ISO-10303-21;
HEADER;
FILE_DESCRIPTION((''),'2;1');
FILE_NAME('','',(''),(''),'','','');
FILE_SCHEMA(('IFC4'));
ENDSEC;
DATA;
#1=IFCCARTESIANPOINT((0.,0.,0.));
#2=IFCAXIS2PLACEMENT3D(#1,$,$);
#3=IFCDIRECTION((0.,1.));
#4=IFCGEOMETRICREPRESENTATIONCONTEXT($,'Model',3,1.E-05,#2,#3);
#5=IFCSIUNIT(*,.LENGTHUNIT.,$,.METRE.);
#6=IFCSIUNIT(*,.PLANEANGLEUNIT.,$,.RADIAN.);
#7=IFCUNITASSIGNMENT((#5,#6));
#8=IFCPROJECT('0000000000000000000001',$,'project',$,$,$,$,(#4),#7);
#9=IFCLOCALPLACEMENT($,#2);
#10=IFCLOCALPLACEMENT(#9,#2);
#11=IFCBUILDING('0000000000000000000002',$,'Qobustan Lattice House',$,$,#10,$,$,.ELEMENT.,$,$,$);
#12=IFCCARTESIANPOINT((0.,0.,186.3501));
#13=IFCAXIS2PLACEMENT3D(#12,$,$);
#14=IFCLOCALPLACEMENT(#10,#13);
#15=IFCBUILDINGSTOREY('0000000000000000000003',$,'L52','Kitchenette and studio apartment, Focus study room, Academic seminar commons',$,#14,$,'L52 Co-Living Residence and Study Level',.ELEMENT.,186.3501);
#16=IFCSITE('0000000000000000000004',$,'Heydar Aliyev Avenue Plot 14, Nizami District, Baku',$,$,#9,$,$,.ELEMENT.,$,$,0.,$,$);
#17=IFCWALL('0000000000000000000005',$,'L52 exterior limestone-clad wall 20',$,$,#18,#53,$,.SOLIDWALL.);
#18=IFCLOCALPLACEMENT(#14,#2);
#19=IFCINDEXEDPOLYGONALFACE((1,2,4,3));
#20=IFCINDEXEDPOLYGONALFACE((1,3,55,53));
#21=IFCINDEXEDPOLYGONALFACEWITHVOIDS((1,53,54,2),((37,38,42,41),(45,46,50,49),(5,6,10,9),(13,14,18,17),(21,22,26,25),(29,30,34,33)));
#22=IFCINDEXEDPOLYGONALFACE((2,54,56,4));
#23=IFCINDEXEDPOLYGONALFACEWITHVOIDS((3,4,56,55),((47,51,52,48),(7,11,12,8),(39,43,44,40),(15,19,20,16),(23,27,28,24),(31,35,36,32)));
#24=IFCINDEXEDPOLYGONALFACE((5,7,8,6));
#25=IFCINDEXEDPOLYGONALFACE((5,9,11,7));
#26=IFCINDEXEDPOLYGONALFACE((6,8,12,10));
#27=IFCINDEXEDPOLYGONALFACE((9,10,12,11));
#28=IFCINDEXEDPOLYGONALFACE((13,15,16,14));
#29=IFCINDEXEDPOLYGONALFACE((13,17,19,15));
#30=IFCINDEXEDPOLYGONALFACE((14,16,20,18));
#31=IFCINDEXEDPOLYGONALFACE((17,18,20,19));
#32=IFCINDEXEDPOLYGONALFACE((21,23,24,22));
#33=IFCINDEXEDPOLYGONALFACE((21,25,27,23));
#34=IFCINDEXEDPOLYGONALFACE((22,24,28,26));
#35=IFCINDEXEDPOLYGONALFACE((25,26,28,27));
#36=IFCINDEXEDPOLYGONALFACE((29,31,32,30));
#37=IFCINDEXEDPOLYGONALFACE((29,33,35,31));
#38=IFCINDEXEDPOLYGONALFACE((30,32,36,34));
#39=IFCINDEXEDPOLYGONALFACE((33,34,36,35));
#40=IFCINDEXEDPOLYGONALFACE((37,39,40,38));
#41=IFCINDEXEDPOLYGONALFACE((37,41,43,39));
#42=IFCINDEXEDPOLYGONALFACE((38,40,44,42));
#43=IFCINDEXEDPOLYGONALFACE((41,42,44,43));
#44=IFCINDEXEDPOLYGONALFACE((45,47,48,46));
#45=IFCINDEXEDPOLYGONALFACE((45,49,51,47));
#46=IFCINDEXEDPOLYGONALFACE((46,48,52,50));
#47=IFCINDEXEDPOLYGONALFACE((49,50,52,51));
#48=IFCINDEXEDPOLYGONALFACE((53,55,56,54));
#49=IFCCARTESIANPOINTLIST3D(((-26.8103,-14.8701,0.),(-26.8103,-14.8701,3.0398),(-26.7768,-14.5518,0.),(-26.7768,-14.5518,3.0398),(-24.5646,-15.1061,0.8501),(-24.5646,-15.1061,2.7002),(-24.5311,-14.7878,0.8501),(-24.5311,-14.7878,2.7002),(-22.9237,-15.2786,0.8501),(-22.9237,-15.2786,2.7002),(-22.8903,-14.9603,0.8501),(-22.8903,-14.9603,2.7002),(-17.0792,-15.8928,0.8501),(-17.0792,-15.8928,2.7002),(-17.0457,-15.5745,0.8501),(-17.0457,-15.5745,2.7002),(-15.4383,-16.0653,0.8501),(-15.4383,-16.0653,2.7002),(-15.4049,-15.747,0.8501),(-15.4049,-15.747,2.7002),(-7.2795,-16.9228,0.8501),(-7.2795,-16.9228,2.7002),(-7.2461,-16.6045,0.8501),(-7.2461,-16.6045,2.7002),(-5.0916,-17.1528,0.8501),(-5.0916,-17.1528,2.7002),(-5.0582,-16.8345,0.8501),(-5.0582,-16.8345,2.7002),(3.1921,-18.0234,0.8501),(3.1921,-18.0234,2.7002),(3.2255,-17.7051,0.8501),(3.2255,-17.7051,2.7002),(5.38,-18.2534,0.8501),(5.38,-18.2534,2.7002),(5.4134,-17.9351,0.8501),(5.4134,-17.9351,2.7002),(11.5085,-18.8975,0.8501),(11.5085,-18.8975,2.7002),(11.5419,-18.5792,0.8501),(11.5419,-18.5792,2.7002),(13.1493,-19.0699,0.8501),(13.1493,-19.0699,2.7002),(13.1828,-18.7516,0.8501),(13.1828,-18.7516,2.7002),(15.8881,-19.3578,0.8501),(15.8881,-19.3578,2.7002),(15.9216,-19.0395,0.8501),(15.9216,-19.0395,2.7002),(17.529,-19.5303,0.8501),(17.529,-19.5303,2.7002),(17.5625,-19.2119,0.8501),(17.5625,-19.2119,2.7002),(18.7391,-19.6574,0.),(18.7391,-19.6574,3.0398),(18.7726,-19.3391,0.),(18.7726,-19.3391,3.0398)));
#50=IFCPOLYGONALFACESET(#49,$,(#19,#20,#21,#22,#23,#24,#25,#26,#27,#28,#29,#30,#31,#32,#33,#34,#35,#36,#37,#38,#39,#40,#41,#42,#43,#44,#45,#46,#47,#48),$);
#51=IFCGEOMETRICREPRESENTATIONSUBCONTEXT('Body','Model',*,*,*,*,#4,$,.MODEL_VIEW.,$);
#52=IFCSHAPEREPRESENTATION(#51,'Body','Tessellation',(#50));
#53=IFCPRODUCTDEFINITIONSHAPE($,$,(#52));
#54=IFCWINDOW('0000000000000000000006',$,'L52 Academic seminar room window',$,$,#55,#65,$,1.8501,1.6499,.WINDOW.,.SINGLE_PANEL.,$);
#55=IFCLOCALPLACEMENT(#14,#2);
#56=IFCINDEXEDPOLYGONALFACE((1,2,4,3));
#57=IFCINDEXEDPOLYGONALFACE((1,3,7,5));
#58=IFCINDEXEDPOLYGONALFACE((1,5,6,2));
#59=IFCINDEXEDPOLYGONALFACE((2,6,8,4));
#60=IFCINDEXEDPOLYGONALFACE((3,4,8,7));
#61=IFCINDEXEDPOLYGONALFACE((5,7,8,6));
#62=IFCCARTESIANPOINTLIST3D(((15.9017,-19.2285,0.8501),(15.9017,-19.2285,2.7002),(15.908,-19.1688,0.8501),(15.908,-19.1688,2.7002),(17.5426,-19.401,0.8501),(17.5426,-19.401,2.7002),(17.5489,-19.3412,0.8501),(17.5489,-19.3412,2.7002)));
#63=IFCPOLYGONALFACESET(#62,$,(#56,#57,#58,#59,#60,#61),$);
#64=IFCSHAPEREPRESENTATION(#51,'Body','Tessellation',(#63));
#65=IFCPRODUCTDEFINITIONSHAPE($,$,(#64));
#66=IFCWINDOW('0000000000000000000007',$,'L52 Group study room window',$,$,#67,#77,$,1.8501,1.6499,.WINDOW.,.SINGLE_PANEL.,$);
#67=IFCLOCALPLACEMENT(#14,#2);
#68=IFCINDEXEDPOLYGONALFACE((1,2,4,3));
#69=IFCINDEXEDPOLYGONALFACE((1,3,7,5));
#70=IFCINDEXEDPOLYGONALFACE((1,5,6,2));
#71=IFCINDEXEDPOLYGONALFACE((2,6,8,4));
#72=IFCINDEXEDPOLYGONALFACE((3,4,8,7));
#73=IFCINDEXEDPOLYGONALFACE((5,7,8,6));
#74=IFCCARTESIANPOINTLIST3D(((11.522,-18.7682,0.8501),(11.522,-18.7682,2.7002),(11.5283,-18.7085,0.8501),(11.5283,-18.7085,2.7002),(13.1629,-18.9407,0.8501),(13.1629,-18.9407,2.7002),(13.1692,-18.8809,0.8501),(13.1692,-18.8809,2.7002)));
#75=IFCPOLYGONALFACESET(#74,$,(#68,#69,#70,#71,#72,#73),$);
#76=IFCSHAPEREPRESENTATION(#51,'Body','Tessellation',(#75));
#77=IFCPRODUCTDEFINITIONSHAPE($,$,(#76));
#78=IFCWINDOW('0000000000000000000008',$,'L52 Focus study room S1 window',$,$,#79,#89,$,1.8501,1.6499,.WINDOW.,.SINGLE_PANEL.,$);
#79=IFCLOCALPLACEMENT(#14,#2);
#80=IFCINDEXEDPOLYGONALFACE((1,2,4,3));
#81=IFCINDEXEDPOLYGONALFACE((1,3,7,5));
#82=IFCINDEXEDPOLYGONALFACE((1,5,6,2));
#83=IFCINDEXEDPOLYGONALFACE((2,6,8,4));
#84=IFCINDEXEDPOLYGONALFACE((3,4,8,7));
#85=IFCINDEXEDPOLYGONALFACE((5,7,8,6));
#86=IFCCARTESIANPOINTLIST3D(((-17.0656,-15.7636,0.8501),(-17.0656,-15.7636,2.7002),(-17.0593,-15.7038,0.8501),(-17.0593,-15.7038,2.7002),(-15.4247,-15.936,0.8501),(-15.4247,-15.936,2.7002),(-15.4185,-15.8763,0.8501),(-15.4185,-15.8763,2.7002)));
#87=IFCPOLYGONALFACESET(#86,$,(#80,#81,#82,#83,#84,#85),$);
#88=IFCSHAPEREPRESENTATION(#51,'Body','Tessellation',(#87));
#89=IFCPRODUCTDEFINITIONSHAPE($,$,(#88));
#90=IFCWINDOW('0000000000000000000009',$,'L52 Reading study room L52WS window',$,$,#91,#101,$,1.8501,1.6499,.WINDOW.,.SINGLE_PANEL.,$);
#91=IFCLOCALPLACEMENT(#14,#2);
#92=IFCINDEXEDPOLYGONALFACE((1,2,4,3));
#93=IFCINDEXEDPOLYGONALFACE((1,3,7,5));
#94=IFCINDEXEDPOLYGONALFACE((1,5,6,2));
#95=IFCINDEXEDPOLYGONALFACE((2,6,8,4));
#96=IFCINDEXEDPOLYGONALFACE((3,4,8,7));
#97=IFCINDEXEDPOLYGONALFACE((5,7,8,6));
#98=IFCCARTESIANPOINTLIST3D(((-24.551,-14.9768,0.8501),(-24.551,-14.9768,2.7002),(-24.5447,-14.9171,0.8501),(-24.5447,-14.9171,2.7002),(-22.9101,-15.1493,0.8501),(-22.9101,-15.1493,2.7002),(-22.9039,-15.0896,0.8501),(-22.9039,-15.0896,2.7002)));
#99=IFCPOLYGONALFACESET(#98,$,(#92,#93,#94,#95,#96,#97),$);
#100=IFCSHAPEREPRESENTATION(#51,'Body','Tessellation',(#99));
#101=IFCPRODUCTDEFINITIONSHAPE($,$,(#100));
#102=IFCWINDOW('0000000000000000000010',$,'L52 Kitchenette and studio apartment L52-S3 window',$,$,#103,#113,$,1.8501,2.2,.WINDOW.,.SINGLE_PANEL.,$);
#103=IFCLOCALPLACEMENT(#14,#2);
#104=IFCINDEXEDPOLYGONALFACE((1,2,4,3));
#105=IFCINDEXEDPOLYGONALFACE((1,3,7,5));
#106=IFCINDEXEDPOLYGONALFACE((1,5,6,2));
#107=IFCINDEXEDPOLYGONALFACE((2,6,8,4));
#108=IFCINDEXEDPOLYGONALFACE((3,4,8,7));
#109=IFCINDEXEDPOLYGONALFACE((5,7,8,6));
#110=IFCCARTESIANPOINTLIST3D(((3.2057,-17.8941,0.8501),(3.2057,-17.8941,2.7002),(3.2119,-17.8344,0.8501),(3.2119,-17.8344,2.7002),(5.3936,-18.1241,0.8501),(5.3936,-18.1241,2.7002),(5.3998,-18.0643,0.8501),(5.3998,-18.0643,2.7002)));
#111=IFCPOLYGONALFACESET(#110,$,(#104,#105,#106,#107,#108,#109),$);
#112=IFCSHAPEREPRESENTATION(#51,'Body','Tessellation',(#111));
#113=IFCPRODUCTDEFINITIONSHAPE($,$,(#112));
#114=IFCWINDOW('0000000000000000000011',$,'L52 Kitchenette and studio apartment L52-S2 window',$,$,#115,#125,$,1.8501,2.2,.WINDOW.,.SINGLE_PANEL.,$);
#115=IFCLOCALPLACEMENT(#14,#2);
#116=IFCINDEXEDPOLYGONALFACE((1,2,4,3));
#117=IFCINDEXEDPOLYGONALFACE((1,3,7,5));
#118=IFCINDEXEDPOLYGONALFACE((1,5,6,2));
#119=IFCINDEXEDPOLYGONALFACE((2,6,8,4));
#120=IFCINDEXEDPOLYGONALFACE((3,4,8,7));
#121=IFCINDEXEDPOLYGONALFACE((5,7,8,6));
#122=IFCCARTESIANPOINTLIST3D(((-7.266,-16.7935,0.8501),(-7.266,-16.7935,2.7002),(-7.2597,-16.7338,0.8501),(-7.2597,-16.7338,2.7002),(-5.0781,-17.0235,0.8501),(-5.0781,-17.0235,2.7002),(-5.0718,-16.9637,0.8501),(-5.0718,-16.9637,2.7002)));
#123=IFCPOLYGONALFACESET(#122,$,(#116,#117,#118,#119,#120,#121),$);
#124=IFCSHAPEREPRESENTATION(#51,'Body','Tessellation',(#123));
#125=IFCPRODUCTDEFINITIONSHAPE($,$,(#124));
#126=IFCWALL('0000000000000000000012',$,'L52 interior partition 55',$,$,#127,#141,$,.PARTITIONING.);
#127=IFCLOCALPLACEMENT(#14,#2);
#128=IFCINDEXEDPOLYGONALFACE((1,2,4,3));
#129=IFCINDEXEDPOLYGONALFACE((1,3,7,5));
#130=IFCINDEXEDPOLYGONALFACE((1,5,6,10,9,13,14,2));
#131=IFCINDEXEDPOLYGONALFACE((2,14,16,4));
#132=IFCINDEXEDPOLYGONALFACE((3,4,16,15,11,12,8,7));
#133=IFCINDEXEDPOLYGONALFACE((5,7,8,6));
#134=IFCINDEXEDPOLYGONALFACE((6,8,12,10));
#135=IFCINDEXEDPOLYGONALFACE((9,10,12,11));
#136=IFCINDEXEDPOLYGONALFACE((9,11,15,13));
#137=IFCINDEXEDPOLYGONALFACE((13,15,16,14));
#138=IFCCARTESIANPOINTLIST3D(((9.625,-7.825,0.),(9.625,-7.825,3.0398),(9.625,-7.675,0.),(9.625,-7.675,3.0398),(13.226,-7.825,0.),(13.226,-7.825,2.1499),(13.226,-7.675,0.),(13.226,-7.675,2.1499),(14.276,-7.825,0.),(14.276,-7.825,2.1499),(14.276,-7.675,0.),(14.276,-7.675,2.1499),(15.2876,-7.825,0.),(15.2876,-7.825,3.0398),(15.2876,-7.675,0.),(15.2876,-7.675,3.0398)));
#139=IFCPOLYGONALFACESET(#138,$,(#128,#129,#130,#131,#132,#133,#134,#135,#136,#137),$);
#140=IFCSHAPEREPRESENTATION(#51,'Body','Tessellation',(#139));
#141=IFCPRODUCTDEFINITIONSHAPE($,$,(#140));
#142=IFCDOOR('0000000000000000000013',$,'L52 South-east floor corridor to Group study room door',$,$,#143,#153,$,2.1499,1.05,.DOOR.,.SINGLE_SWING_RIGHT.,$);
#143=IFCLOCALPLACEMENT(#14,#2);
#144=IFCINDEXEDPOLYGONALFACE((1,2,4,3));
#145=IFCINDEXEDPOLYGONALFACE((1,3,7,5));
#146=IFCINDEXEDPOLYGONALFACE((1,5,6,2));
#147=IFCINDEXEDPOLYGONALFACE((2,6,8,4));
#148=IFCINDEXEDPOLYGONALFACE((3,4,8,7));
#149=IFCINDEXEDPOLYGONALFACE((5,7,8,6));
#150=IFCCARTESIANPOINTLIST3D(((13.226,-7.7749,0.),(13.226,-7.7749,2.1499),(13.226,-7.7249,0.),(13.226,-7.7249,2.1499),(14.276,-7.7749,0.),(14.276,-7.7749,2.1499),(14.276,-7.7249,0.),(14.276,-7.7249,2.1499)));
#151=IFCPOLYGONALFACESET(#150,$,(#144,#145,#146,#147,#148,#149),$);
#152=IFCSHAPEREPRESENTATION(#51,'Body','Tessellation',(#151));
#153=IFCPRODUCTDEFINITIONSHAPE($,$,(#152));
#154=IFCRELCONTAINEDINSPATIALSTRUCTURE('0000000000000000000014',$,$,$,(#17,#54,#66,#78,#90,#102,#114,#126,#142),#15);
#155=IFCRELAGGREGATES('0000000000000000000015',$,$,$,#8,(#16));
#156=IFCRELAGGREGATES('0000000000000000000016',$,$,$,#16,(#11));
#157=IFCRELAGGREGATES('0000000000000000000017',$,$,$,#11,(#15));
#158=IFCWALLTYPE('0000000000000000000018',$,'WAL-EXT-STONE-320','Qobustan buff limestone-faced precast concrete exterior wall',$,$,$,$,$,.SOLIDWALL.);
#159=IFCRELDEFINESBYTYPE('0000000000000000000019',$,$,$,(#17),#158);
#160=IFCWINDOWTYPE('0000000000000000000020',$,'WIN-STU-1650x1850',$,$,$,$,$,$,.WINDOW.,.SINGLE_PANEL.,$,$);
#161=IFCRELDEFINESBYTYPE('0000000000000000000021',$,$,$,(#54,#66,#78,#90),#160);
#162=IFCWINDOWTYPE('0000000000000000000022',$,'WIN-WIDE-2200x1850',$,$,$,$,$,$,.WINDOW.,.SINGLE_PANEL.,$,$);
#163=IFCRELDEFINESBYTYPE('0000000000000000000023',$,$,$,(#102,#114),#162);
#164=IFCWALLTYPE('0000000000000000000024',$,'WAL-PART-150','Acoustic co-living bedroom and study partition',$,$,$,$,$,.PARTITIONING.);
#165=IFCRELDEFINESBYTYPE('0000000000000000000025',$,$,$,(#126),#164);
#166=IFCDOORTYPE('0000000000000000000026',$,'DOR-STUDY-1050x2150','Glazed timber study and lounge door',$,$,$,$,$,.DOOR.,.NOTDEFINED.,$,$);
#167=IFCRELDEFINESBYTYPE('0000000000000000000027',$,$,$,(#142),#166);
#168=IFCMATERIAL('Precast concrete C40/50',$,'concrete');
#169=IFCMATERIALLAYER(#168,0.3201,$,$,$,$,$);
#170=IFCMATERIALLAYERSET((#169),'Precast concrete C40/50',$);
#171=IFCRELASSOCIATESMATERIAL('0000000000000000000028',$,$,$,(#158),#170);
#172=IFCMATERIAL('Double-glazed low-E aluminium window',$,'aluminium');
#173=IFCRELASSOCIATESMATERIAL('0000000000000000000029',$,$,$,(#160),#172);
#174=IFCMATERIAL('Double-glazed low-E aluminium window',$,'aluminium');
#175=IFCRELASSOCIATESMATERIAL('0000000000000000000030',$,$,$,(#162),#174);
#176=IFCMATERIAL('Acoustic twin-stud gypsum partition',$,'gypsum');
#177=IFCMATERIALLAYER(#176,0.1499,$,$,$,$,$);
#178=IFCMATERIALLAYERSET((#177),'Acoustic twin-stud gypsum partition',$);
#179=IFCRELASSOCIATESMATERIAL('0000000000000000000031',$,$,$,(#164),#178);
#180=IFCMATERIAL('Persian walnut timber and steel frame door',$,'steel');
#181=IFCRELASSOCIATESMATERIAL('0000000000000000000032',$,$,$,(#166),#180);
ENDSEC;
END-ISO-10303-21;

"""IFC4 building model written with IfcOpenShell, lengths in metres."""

from ifc_helpers import new_model, si_unit, direction, frame, frame_2d, origin, place, context, subcontext, project, spatial, rectangle, extrude, material, layer, layer_set, type_object, element, fill, save


model = new_model("IFC4")

# Units and contexts
model_context = context("Model", 3, precision=1e-05, world=origin(), true_north=direction((0.0, 1.0)))
body_context = subcontext(model_context, "Body", "Model", "MODEL_VIEW")
ifc_project = project(units=[si_unit("LENGTHUNIT", "METRE"), si_unit("PLANEANGLEUNIT", "RADIAN")], contexts=[model_context])

# Site, building, storey
site_placement = place(None, origin())
site = spatial("IfcSite", under=ifc_project, at=site_placement, Name="Heydar Aliyev Avenue Plot 14, Nizami District, Baku", CompositionType="ELEMENT", RefElevation=0.0)
building_placement = place(site_placement, origin())
building = spatial("IfcBuilding", under=site, at=building_placement, Name="Qobustan Lattice House", CompositionType="ELEMENT")
storey_placement = place(building_placement, frame((0.0, 0.0, 186.3501)))
storey = spatial("IfcBuildingStorey", under=building, at=storey_placement, Name="L52", Description="Kitchenette and studio apartment, Focus study room, Academic seminar commons", LongName="L52 Co-Living Residence and Study Level", CompositionType="ELEMENT", Elevation=186.3501)

# Shared definitions
ifc_material_1 = material(Name="Precast concrete C40/50", Category="concrete")
ifc_layer_1 = layer(ifc_material_1, 0.3201)
ifc_layer_set_1 = layer_set([ifc_layer_1], Name="Precast concrete C40/50")
wall_type_1 = type_object("IfcWallType", Name="WAL-EXT-STONE-320", Description="Qobustan buff limestone-faced precast concrete exterior wall", PredefinedType="SOLIDWALL", material=ifc_layer_set_1)

# Wall, openings, windows
wall_1_placement = place(storey_placement, frame((18.7559, -19.4983, 0.0), z_axis=(0.0, 0.0, 1.0), x_axis=(-0.994522, 0.104527, 0.0)))
wall_1 = element("IfcWall", 1, at=wall_1_placement, inside=storey, type_object=wall_type_1, Name="L52 exterior limestone-clad wall 20", PredefinedType="SOLIDWALL", context=body_context, shape_type="SweptSolid", body=[
    extrude(rectangle(XDim=45.8003, YDim=0.3201, at=frame_2d((22.9001, 0.0))), origin(), (0.0, 0.0, 1.0), 3.0398),
])
opening_1_placement = place(wall_1_placement, frame((1.2168, 0.0, 0.8501)))
opening_1 = element("IfcOpeningElement", 2, at=opening_1_placement, cuts=wall_1, PredefinedType="OPENING", context=body_context, shape_type="SweptSolid", body=[
    extrude(rectangle(XDim=1.6499, YDim=1.8501, at=frame_2d((0.825, 0.925))), frame((0.0, 0.1699, 0.0), z_axis=(0.0, -1.0, 0.0), x_axis=(1.0, 0.0, 0.0)), (0.0, 0.0, 1.0), 0.3401),
])
opening_2_placement = place(wall_1_placement, frame((5.6206, 0.0, 0.8501)))
opening_2 = element("IfcOpeningElement", 3, at=opening_2_placement, cuts=wall_1, PredefinedType="OPENING", context=body_context, shape_type="SweptSolid", body=[
    extrude(rectangle(XDim=1.6499, YDim=1.8501, at=frame_2d((0.825, 0.925))), frame((0.0, 0.1699, 0.0), z_axis=(0.0, -1.0, 0.0), x_axis=(1.0, 0.0, 0.0)), (0.0, 0.0, 1.0), 0.3401),
])
opening_3_placement = place(wall_1_placement, frame((13.4326, 0.0, 0.8501)))
opening_3 = element("IfcOpeningElement", 4, at=opening_3_placement, cuts=wall_1, PredefinedType="OPENING", context=body_context, shape_type="SweptSolid", body=[
    extrude(rectangle(XDim=2.2, YDim=1.8501, at=frame_2d((1.1001, 0.925))), frame((0.0, 0.1699, 0.0), z_axis=(0.0, -1.0, 0.0), x_axis=(1.0, 0.0, 0.0)), (0.0, 0.0, 1.0), 0.3401),
])
opening_4_placement = place(wall_1_placement, frame((23.9619, 0.0, 0.8501)))
opening_4 = element("IfcOpeningElement", 5, at=opening_4_placement, cuts=wall_1, PredefinedType="OPENING", context=body_context, shape_type="SweptSolid", body=[
    extrude(rectangle(XDim=2.2, YDim=1.8501, at=frame_2d((1.1001, 0.925))), frame((0.0, 0.1699, 0.0), z_axis=(0.0, -1.0, 0.0), x_axis=(1.0, 0.0, 0.0)), (0.0, 0.0, 1.0), 0.3401),
])
opening_5_placement = place(wall_1_placement, frame((34.3657, 0.0, 0.8501)))
opening_5 = element("IfcOpeningElement", 6, at=opening_5_placement, cuts=wall_1, PredefinedType="OPENING", context=body_context, shape_type="SweptSolid", body=[
    extrude(rectangle(XDim=1.6499, YDim=1.8501, at=frame_2d((0.825, 0.925))), frame((0.0, 0.1699, 0.0), z_axis=(0.0, -1.0, 0.0), x_axis=(1.0, 0.0, 0.0)), (0.0, 0.0, 1.0), 0.3401),
])
opening_6_placement = place(wall_1_placement, frame((41.8923, 0.0, 0.8501)))
opening_6 = element("IfcOpeningElement", 7, at=opening_6_placement, cuts=wall_1, PredefinedType="OPENING", context=body_context, shape_type="SweptSolid", body=[
    extrude(rectangle(XDim=1.6499, YDim=1.8501, at=frame_2d((0.825, 0.925))), frame((0.0, 0.1699, 0.0), z_axis=(0.0, -1.0, 0.0), x_axis=(1.0, 0.0, 0.0)), (0.0, 0.0, 1.0), 0.3401),
])
ifc_material_2 = material(Name="Double-glazed low-E aluminium window", Category="aluminium")
window_type_1 = type_object("IfcWindowType", Name="WIN-STU-1650x1850", PartitioningType="SINGLE_PANEL", PredefinedType="WINDOW", material=ifc_material_2)
window_1_placement = place(opening_1_placement, origin())
window_1 = element("IfcWindow", 8, at=window_1_placement, inside=storey, type_object=window_type_1, Name="L52 Academic seminar room window", OverallHeight=1.8501, OverallWidth=1.6499, PartitioningType="SINGLE_PANEL", PredefinedType="WINDOW", context=body_context, shape_type="SweptSolid", body=[
    extrude(rectangle(XDim=1.6499, YDim=1.8501, at=frame_2d((0.825, 0.925))), frame((0.0, 0.03, 0.0), z_axis=(0.0, -1.0, 0.0), x_axis=(1.0, 0.0, 0.0)), (0.0, 0.0, 1.0), 0.0601),
])
fill(opening_1, window_1)
window_2_placement = place(opening_2_placement, origin())
window_2 = element("IfcWindow", 9, at=window_2_placement, inside=storey, type_object=window_type_1, Name="L52 Group study room window", OverallHeight=1.8501, OverallWidth=1.6499, PartitioningType="SINGLE_PANEL", PredefinedType="WINDOW", context=body_context, shape_type="SweptSolid", body=[
    extrude(rectangle(XDim=1.6499, YDim=1.8501, at=frame_2d((0.825, 0.925))), frame((0.0, 0.03, 0.0), z_axis=(0.0, -1.0, 0.0), x_axis=(1.0, 0.0, 0.0)), (0.0, 0.0, 1.0), 0.0601),
])
fill(opening_2, window_2)
window_3_placement = place(opening_5_placement, origin())
window_3 = element("IfcWindow", 10, at=window_3_placement, inside=storey, type_object=window_type_1, Name="L52 Focus study room S1 window", OverallHeight=1.8501, OverallWidth=1.6499, PartitioningType="SINGLE_PANEL", PredefinedType="WINDOW", context=body_context, shape_type="SweptSolid", body=[
    extrude(rectangle(XDim=1.6499, YDim=1.8501, at=frame_2d((0.825, 0.925))), frame((0.0, 0.03, 0.0), z_axis=(0.0, -1.0, 0.0), x_axis=(1.0, 0.0, 0.0)), (0.0, 0.0, 1.0), 0.0601),
])
fill(opening_5, window_3)
window_4_placement = place(opening_6_placement, origin())
window_4 = element("IfcWindow", 11, at=window_4_placement, inside=storey, type_object=window_type_1, Name="L52 Reading study room L52WS window", OverallHeight=1.8501, OverallWidth=1.6499, PartitioningType="SINGLE_PANEL", PredefinedType="WINDOW", context=body_context, shape_type="SweptSolid", body=[
    extrude(rectangle(XDim=1.6499, YDim=1.8501, at=frame_2d((0.825, 0.925))), frame((0.0, 0.03, 0.0), z_axis=(0.0, -1.0, 0.0), x_axis=(1.0, 0.0, 0.0)), (0.0, 0.0, 1.0), 0.0601),
])
fill(opening_6, window_4)
ifc_material_3 = material(Name="Double-glazed low-E aluminium window", Category="aluminium")
window_type_2 = type_object("IfcWindowType", Name="WIN-WIDE-2200x1850", PartitioningType="SINGLE_PANEL", PredefinedType="WINDOW", material=ifc_material_3)
window_5_placement = place(opening_3_placement, origin())
window_5 = element("IfcWindow", 12, at=window_5_placement, inside=storey, type_object=window_type_2, Name="L52 Kitchenette and studio apartment L52-S3 window", OverallHeight=1.8501, OverallWidth=2.2, PartitioningType="SINGLE_PANEL", PredefinedType="WINDOW", context=body_context, shape_type="SweptSolid", body=[
    extrude(rectangle(XDim=2.2, YDim=1.8501, at=frame_2d((1.1001, 0.925))), frame((0.0, 0.03, 0.0), z_axis=(0.0, -1.0, 0.0), x_axis=(1.0, 0.0, 0.0)), (0.0, 0.0, 1.0), 0.0601),
])
fill(opening_3, window_5)
window_6_placement = place(opening_4_placement, origin())
window_6 = element("IfcWindow", 13, at=window_6_placement, inside=storey, type_object=window_type_2, Name="L52 Kitchenette and studio apartment L52-S2 window", OverallHeight=1.8501, OverallWidth=2.2, PartitioningType="SINGLE_PANEL", PredefinedType="WINDOW", context=body_context, shape_type="SweptSolid", body=[
    extrude(rectangle(XDim=2.2, YDim=1.8501, at=frame_2d((1.1001, 0.925))), frame((0.0, 0.03, 0.0), z_axis=(0.0, -1.0, 0.0), x_axis=(1.0, 0.0, 0.0)), (0.0, 0.0, 1.0), 0.0601),
])
fill(opening_4, window_6)

# Wall, opening, door
ifc_material_4 = material(Name="Acoustic twin-stud gypsum partition", Category="gypsum")
ifc_layer_2 = layer(ifc_material_4, 0.1499)
ifc_layer_set_2 = layer_set([ifc_layer_2], Name="Acoustic twin-stud gypsum partition")
wall_type_2 = type_object("IfcWallType", Name="WAL-PART-150", Description="Acoustic co-living bedroom and study partition", PredefinedType="PARTITIONING", material=ifc_layer_set_2)
wall_2_placement = place(storey_placement, frame((15.2876, -7.75, 0.0), z_axis=(0.0, 0.0, 1.0), x_axis=(-1.0, 0.0, 0.0)))
wall_2 = element("IfcWall", 14, at=wall_2_placement, inside=storey, type_object=wall_type_2, Name="L52 interior partition 55", PredefinedType="PARTITIONING", context=body_context, shape_type="SweptSolid", body=[
    extrude(rectangle(XDim=5.6626, YDim=0.1499, at=frame_2d((2.8313, 0.0))), origin(), (0.0, 0.0, 1.0), 3.0398),
])
opening_7_placement = place(wall_2_placement, frame((1.0117, 0.0, 0.0)))
opening_7 = element("IfcOpeningElement", 15, at=opening_7_placement, cuts=wall_2, PredefinedType="OPENING", context=body_context, shape_type="SweptSolid", body=[
    extrude(rectangle(XDim=1.05, YDim=2.1499, at=frame_2d((0.5249, 1.075))), frame((0.0, 0.085, 0.0), z_axis=(0.0, -1.0, 0.0), x_axis=(1.0, 0.0, 0.0)), (0.0, 0.0, 1.0), 0.1699),
])
ifc_material_5 = material(Name="Persian walnut timber and steel frame door", Category="steel")
door_type = type_object("IfcDoorType", Name="DOR-STUDY-1050x2150", Description="Glazed timber study and lounge door", OperationType="NOTDEFINED", PredefinedType="DOOR", material=ifc_material_5)
door_1_placement = place(opening_7_placement, origin())
door_1 = element("IfcDoor", 16, at=door_1_placement, inside=storey, type_object=door_type, Name="L52 South-east floor corridor to Group study room door", OperationType="SINGLE_SWING_RIGHT", OverallHeight=2.1499, OverallWidth=1.05, PredefinedType="DOOR", context=body_context, shape_type="SweptSolid", body=[
    extrude(rectangle(XDim=1.05, YDim=2.1499, at=frame_2d((0.5249, 1.075))), frame((0.0, 0.0249, 0.0), z_axis=(0.0, -1.0, 0.0), x_axis=(1.0, 0.0, 0.0)), (0.0, 0.0, 1.0), 0.05),
])
fill(opening_7, door_1)

save(model, "model.ifc")
